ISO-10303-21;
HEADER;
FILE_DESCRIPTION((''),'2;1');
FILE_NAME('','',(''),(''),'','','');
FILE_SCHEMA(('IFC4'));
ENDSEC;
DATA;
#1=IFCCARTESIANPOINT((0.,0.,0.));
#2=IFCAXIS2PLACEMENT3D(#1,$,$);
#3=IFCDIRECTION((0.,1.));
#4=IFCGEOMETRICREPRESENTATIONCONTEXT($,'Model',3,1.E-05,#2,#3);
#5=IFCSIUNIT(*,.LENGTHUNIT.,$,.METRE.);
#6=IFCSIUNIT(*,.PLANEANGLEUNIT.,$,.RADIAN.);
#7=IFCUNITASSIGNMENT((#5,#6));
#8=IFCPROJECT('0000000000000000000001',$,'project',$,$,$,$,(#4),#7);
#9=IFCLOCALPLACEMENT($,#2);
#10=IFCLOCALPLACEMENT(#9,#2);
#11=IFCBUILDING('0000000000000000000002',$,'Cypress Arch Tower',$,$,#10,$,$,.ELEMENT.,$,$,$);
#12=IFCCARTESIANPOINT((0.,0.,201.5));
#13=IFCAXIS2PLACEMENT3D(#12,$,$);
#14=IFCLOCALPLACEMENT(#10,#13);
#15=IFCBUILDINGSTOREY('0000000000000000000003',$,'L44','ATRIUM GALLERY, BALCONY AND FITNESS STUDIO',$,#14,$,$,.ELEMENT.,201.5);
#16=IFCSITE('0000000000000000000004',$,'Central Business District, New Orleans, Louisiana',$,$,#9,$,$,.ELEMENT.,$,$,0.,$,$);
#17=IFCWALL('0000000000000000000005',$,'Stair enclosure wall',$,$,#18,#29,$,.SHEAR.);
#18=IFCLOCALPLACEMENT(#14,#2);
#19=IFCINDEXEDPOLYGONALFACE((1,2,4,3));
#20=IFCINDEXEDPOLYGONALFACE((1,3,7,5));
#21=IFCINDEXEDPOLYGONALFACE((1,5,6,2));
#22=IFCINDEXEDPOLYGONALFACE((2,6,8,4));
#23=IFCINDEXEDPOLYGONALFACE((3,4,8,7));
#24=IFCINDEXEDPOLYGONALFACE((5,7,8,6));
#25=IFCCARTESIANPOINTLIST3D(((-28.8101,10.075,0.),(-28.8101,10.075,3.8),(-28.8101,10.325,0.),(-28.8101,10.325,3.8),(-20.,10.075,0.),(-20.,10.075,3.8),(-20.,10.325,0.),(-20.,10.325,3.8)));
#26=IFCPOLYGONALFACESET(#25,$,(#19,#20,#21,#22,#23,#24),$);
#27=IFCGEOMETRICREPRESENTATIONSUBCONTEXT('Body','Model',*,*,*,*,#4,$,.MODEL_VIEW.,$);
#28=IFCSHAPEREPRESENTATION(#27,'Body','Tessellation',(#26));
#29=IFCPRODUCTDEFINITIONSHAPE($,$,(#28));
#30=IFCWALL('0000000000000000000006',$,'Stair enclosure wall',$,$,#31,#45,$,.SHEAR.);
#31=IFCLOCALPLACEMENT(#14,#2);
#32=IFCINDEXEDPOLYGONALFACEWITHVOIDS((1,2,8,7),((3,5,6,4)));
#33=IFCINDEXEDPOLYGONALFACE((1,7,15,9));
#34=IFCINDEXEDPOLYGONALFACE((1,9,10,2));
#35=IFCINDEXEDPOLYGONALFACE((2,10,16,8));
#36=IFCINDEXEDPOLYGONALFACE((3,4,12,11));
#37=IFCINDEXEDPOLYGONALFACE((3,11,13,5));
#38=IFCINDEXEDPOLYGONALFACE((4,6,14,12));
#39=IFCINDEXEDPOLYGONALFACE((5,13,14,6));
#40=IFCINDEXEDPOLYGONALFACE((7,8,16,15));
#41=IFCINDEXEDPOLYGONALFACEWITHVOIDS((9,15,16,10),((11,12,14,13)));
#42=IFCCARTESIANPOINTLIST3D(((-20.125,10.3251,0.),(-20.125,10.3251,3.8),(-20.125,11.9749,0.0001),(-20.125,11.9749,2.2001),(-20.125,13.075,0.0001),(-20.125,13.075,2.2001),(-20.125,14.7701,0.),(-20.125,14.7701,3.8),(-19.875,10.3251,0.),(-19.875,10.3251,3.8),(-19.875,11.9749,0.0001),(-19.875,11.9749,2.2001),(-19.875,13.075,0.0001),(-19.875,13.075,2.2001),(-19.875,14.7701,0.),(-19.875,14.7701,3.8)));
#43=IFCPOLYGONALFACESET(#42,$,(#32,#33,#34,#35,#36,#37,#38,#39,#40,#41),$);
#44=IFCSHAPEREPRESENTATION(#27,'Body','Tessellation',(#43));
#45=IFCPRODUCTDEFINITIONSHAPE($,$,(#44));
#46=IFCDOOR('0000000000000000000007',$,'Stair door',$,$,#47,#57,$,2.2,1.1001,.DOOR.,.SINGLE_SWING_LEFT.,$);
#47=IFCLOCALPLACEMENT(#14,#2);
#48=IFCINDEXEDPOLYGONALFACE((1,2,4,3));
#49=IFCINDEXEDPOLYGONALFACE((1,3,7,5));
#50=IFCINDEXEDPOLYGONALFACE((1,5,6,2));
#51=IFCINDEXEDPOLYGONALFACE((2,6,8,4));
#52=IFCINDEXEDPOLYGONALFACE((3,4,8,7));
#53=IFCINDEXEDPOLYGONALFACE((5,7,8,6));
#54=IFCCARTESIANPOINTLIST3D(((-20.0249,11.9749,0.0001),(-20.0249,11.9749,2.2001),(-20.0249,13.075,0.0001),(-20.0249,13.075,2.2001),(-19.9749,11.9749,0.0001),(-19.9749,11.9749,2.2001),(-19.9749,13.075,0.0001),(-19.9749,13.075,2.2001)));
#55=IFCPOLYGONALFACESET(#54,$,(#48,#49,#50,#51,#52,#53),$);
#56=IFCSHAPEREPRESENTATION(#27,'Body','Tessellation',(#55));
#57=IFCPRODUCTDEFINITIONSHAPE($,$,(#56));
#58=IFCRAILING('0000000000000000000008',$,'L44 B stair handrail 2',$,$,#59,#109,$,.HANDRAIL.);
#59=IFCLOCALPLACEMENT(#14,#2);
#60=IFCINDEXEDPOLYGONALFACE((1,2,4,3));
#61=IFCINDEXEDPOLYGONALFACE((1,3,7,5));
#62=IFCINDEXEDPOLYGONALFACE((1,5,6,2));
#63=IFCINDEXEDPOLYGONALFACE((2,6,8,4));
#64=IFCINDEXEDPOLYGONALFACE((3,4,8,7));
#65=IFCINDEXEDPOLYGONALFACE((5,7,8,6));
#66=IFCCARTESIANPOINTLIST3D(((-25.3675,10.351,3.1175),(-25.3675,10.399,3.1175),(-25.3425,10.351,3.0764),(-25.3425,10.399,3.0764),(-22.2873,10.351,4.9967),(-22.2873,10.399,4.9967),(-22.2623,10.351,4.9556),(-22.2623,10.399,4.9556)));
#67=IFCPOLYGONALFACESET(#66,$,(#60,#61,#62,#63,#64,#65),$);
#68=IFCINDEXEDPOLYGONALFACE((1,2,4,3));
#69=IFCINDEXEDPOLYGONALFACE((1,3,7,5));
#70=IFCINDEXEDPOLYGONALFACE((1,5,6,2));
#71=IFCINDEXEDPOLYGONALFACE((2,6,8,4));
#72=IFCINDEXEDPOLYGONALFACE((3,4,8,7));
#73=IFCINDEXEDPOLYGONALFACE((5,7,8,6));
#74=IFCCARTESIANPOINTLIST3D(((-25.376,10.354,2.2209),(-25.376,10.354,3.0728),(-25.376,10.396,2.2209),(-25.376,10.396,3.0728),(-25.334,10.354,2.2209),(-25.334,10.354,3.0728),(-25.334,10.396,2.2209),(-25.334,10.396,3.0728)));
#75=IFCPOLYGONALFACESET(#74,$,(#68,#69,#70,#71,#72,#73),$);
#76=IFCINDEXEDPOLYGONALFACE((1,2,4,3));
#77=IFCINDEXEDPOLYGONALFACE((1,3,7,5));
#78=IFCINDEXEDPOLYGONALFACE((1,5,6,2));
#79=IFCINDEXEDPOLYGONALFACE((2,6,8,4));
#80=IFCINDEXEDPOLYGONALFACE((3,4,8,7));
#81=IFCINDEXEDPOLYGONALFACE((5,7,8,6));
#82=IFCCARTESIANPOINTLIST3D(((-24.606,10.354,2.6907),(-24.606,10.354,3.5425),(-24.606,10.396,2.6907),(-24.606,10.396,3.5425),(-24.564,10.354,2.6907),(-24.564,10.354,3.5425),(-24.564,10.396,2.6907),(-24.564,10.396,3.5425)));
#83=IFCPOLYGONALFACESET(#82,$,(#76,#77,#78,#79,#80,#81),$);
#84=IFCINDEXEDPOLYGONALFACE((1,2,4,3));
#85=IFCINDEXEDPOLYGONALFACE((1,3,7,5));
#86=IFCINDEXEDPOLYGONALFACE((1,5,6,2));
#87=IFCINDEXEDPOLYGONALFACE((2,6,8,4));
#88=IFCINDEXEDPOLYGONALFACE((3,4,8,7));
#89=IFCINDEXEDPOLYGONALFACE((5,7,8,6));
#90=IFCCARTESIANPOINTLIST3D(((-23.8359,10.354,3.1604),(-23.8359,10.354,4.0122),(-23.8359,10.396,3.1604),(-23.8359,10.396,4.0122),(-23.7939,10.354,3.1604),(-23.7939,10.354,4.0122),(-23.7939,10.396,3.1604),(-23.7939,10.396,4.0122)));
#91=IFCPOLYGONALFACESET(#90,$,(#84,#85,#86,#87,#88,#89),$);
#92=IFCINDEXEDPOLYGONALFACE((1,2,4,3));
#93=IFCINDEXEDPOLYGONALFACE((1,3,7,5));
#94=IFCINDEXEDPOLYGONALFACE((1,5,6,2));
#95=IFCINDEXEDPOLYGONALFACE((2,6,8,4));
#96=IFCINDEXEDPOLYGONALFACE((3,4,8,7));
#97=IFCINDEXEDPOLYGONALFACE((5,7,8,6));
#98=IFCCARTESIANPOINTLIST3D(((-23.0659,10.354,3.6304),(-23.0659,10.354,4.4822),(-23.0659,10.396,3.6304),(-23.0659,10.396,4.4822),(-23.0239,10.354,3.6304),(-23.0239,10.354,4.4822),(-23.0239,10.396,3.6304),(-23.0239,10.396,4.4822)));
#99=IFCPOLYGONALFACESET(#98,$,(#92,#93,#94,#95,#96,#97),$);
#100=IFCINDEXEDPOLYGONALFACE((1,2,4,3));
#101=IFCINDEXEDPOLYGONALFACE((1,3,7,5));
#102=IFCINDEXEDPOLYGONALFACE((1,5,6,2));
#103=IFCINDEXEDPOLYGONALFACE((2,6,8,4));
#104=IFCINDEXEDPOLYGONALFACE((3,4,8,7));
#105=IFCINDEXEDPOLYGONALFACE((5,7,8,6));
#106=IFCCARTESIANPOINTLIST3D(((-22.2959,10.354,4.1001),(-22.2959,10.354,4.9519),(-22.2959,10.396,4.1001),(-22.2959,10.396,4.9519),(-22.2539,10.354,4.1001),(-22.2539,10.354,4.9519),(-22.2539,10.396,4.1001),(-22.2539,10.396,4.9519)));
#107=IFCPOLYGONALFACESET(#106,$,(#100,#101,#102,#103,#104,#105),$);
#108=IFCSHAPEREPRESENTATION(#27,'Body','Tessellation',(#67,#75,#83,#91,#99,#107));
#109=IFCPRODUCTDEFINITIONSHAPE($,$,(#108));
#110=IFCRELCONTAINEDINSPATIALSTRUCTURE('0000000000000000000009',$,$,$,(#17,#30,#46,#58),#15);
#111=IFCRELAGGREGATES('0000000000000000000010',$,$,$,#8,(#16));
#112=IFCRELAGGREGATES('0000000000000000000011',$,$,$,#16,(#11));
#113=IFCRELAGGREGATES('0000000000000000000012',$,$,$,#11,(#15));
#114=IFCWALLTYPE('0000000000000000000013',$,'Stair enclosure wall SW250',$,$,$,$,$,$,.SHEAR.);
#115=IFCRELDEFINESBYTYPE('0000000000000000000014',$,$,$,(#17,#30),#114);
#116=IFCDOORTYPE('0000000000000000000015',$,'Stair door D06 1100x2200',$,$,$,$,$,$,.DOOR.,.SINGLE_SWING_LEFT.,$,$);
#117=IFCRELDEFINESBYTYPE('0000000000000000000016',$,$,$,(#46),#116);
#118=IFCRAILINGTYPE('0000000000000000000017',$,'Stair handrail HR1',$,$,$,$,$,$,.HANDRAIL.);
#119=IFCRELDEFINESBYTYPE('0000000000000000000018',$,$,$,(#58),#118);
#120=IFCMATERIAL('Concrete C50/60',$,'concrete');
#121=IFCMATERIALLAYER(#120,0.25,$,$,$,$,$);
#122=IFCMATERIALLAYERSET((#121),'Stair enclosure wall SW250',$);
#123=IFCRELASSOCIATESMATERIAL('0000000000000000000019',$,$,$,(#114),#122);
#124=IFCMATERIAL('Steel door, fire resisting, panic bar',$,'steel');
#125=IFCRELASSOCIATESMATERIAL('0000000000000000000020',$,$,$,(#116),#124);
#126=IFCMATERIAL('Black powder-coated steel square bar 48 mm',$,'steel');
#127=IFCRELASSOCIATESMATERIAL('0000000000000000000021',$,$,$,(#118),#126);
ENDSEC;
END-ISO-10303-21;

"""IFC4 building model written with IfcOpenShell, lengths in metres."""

from ifc_helpers import new_model, si_unit, direction, frame, frame_2d, origin, origin_2d, place, context, subcontext, project, spatial, rectangle, extrude, material, layer, layer_set, type_object, element, fill, save


model = new_model("IFC4")

# Units and contexts
model_context = context("Model", 3, precision=1e-05, world=origin(), true_north=direction((0.0, 1.0)))
body_context = subcontext(model_context, "Body", "Model", "MODEL_VIEW")
ifc_project = project(units=[si_unit("LENGTHUNIT", "METRE"), si_unit("PLANEANGLEUNIT", "RADIAN")], contexts=[model_context])

# Site, building, storey
site_placement = place(None, origin())
site = spatial("IfcSite", under=ifc_project, at=site_placement, Name="Central Business District, New Orleans, Louisiana", CompositionType="ELEMENT", RefElevation=0.0)
building_placement = place(site_placement, origin())
building = spatial("IfcBuilding", under=site, at=building_placement, Name="Cypress Arch Tower", CompositionType="ELEMENT")
storey_placement = place(building_placement, frame((0.0, 0.0, 201.5)))
storey = spatial("IfcBuildingStorey", under=building, at=storey_placement, Name="L44", Description="ATRIUM GALLERY, BALCONY AND FITNESS STUDIO", CompositionType="ELEMENT", Elevation=201.5)

# Wall
ifc_material_1 = material(Name="Concrete C50/60", Category="concrete")
ifc_layer_1 = layer(ifc_material_1, 0.25)
ifc_layer_set_1 = layer_set([ifc_layer_1], Name="Stair enclosure wall SW250")
wall_type_1 = type_object("IfcWallType", Name="Stair enclosure wall SW250", PredefinedType="SHEAR", material=ifc_layer_set_1)
wall_1_placement = place(storey_placement, frame((-28.8101, 10.2, 0.0), z_axis=(0.0, 0.0, 1.0), x_axis=(1.0, 0.0, 0.0)))
element("IfcWall", 1, at=wall_1_placement, inside=storey, type_object=wall_type_1, Name="Stair enclosure wall", PredefinedType="SHEAR", context=body_context, shape_type="SweptSolid", body=[
    extrude(rectangle(XDim=8.8101, YDim=0.25, at=frame_2d((4.405, 0.0))), origin(), (0.0, 0.0, 1.0), 3.8),
])

# Wall, opening, door
wall_2_placement = place(storey_placement, frame((-20.0, 10.325, 0.0), z_axis=(0.0, 0.0, 1.0), x_axis=(0.0, 1.0, 0.0)))
wall_2 = element("IfcWall", 2, at=wall_2_placement, inside=storey, type_object=wall_type_1, Name="Stair enclosure wall", PredefinedType="SHEAR", context=body_context, shape_type="SweptSolid", body=[
    extrude(rectangle(XDim=4.4451, YDim=0.25, at=frame_2d((2.2227, 0.0))), origin(), (0.0, 0.0, 1.0), 3.8),
])
opening_1_placement = place(wall_2_placement, frame((1.6499, 0.0, 0.0)))
opening_1 = element("IfcOpeningElement", 3, at=opening_1_placement, cuts=wall_2, PredefinedType="OPENING", context=body_context, shape_type="SweptSolid", body=[
    extrude(rectangle(XDim=1.1001, YDim=2.2, at=frame_2d((0.55, 1.1001))), frame((0.0, 0.135, 0.0), z_axis=(0.0, -1.0, 0.0), x_axis=(1.0, 0.0, 0.0)), (0.0, 0.0, 1.0), 0.27),
])
ifc_material_2 = material(Name="Steel door, fire resisting, panic bar", Category="steel")
door_type_1 = type_object("IfcDoorType", Name="Stair door D06 1100x2200", OperationType="SINGLE_SWING_LEFT", PredefinedType="DOOR", material=ifc_material_2)
door_1_placement = place(opening_1_placement, origin())
door_1 = element("IfcDoor", 4, at=door_1_placement, inside=storey, type_object=door_type_1, Name="Stair door", OperationType="SINGLE_SWING_LEFT", OverallHeight=2.2, OverallWidth=1.1001, PredefinedType="DOOR", context=body_context, shape_type="SweptSolid", body=[
    extrude(rectangle(XDim=1.1001, YDim=2.2, at=frame_2d((0.55, 1.1001))), frame((0.0, 0.0249, 0.0), z_axis=(0.0, -1.0, 0.0), x_axis=(1.0, 0.0, 0.0)), (0.0, 0.0, 1.0), 0.05),
])
fill(opening_1, door_1)

# Railing
ifc_material_3 = material(Name="Black powder-coated steel square bar 48 mm", Category="steel")
railing_type = type_object("IfcRailingType", Name="Stair handrail HR1", PredefinedType="HANDRAIL", material=ifc_material_3)
railing_placement = place(storey_placement, frame((-25.355, 10.375, 2.2209)))
element("IfcRailing", 5, at=railing_placement, inside=storey, type_object=railing_type, Name="L44 B stair handrail 2", PredefinedType="HANDRAIL", context=body_context, shape_type="SweptSolid", body=[
    extrude(rectangle(XDim=0.0481, YDim=0.0481, at=origin_2d()), frame((0.0, 0.0, 0.876), z_axis=(0.853666, 0.0, 0.52082), x_axis=(0.0, 1.0, 0.0)), (0.0, 0.0, 1.0), 3.6082),
    extrude(rectangle(XDim=0.042, YDim=0.042, at=origin_2d()), origin(), (0.0, 0.0, 1.0), 0.8518),
    extrude(rectangle(XDim=0.042, YDim=0.042, at=origin_2d()), frame((0.77, 0.0, 0.4697)), (0.0, 0.0, 1.0), 0.8518),
    extrude(rectangle(XDim=0.042, YDim=0.042, at=origin_2d()), frame((1.54, 0.0, 0.9395)), (0.0, 0.0, 1.0), 0.8518),
    extrude(rectangle(XDim=0.042, YDim=0.042, at=origin_2d()), frame((2.3101, 0.0, 1.4094)), (0.0, 0.0, 1.0), 0.8518),
    extrude(rectangle(XDim=0.042, YDim=0.042, at=origin_2d()), frame((3.0801, 0.0, 1.8792)), (0.0, 0.0, 1.0), 0.8518),
])

save(model, "model.ifc")
